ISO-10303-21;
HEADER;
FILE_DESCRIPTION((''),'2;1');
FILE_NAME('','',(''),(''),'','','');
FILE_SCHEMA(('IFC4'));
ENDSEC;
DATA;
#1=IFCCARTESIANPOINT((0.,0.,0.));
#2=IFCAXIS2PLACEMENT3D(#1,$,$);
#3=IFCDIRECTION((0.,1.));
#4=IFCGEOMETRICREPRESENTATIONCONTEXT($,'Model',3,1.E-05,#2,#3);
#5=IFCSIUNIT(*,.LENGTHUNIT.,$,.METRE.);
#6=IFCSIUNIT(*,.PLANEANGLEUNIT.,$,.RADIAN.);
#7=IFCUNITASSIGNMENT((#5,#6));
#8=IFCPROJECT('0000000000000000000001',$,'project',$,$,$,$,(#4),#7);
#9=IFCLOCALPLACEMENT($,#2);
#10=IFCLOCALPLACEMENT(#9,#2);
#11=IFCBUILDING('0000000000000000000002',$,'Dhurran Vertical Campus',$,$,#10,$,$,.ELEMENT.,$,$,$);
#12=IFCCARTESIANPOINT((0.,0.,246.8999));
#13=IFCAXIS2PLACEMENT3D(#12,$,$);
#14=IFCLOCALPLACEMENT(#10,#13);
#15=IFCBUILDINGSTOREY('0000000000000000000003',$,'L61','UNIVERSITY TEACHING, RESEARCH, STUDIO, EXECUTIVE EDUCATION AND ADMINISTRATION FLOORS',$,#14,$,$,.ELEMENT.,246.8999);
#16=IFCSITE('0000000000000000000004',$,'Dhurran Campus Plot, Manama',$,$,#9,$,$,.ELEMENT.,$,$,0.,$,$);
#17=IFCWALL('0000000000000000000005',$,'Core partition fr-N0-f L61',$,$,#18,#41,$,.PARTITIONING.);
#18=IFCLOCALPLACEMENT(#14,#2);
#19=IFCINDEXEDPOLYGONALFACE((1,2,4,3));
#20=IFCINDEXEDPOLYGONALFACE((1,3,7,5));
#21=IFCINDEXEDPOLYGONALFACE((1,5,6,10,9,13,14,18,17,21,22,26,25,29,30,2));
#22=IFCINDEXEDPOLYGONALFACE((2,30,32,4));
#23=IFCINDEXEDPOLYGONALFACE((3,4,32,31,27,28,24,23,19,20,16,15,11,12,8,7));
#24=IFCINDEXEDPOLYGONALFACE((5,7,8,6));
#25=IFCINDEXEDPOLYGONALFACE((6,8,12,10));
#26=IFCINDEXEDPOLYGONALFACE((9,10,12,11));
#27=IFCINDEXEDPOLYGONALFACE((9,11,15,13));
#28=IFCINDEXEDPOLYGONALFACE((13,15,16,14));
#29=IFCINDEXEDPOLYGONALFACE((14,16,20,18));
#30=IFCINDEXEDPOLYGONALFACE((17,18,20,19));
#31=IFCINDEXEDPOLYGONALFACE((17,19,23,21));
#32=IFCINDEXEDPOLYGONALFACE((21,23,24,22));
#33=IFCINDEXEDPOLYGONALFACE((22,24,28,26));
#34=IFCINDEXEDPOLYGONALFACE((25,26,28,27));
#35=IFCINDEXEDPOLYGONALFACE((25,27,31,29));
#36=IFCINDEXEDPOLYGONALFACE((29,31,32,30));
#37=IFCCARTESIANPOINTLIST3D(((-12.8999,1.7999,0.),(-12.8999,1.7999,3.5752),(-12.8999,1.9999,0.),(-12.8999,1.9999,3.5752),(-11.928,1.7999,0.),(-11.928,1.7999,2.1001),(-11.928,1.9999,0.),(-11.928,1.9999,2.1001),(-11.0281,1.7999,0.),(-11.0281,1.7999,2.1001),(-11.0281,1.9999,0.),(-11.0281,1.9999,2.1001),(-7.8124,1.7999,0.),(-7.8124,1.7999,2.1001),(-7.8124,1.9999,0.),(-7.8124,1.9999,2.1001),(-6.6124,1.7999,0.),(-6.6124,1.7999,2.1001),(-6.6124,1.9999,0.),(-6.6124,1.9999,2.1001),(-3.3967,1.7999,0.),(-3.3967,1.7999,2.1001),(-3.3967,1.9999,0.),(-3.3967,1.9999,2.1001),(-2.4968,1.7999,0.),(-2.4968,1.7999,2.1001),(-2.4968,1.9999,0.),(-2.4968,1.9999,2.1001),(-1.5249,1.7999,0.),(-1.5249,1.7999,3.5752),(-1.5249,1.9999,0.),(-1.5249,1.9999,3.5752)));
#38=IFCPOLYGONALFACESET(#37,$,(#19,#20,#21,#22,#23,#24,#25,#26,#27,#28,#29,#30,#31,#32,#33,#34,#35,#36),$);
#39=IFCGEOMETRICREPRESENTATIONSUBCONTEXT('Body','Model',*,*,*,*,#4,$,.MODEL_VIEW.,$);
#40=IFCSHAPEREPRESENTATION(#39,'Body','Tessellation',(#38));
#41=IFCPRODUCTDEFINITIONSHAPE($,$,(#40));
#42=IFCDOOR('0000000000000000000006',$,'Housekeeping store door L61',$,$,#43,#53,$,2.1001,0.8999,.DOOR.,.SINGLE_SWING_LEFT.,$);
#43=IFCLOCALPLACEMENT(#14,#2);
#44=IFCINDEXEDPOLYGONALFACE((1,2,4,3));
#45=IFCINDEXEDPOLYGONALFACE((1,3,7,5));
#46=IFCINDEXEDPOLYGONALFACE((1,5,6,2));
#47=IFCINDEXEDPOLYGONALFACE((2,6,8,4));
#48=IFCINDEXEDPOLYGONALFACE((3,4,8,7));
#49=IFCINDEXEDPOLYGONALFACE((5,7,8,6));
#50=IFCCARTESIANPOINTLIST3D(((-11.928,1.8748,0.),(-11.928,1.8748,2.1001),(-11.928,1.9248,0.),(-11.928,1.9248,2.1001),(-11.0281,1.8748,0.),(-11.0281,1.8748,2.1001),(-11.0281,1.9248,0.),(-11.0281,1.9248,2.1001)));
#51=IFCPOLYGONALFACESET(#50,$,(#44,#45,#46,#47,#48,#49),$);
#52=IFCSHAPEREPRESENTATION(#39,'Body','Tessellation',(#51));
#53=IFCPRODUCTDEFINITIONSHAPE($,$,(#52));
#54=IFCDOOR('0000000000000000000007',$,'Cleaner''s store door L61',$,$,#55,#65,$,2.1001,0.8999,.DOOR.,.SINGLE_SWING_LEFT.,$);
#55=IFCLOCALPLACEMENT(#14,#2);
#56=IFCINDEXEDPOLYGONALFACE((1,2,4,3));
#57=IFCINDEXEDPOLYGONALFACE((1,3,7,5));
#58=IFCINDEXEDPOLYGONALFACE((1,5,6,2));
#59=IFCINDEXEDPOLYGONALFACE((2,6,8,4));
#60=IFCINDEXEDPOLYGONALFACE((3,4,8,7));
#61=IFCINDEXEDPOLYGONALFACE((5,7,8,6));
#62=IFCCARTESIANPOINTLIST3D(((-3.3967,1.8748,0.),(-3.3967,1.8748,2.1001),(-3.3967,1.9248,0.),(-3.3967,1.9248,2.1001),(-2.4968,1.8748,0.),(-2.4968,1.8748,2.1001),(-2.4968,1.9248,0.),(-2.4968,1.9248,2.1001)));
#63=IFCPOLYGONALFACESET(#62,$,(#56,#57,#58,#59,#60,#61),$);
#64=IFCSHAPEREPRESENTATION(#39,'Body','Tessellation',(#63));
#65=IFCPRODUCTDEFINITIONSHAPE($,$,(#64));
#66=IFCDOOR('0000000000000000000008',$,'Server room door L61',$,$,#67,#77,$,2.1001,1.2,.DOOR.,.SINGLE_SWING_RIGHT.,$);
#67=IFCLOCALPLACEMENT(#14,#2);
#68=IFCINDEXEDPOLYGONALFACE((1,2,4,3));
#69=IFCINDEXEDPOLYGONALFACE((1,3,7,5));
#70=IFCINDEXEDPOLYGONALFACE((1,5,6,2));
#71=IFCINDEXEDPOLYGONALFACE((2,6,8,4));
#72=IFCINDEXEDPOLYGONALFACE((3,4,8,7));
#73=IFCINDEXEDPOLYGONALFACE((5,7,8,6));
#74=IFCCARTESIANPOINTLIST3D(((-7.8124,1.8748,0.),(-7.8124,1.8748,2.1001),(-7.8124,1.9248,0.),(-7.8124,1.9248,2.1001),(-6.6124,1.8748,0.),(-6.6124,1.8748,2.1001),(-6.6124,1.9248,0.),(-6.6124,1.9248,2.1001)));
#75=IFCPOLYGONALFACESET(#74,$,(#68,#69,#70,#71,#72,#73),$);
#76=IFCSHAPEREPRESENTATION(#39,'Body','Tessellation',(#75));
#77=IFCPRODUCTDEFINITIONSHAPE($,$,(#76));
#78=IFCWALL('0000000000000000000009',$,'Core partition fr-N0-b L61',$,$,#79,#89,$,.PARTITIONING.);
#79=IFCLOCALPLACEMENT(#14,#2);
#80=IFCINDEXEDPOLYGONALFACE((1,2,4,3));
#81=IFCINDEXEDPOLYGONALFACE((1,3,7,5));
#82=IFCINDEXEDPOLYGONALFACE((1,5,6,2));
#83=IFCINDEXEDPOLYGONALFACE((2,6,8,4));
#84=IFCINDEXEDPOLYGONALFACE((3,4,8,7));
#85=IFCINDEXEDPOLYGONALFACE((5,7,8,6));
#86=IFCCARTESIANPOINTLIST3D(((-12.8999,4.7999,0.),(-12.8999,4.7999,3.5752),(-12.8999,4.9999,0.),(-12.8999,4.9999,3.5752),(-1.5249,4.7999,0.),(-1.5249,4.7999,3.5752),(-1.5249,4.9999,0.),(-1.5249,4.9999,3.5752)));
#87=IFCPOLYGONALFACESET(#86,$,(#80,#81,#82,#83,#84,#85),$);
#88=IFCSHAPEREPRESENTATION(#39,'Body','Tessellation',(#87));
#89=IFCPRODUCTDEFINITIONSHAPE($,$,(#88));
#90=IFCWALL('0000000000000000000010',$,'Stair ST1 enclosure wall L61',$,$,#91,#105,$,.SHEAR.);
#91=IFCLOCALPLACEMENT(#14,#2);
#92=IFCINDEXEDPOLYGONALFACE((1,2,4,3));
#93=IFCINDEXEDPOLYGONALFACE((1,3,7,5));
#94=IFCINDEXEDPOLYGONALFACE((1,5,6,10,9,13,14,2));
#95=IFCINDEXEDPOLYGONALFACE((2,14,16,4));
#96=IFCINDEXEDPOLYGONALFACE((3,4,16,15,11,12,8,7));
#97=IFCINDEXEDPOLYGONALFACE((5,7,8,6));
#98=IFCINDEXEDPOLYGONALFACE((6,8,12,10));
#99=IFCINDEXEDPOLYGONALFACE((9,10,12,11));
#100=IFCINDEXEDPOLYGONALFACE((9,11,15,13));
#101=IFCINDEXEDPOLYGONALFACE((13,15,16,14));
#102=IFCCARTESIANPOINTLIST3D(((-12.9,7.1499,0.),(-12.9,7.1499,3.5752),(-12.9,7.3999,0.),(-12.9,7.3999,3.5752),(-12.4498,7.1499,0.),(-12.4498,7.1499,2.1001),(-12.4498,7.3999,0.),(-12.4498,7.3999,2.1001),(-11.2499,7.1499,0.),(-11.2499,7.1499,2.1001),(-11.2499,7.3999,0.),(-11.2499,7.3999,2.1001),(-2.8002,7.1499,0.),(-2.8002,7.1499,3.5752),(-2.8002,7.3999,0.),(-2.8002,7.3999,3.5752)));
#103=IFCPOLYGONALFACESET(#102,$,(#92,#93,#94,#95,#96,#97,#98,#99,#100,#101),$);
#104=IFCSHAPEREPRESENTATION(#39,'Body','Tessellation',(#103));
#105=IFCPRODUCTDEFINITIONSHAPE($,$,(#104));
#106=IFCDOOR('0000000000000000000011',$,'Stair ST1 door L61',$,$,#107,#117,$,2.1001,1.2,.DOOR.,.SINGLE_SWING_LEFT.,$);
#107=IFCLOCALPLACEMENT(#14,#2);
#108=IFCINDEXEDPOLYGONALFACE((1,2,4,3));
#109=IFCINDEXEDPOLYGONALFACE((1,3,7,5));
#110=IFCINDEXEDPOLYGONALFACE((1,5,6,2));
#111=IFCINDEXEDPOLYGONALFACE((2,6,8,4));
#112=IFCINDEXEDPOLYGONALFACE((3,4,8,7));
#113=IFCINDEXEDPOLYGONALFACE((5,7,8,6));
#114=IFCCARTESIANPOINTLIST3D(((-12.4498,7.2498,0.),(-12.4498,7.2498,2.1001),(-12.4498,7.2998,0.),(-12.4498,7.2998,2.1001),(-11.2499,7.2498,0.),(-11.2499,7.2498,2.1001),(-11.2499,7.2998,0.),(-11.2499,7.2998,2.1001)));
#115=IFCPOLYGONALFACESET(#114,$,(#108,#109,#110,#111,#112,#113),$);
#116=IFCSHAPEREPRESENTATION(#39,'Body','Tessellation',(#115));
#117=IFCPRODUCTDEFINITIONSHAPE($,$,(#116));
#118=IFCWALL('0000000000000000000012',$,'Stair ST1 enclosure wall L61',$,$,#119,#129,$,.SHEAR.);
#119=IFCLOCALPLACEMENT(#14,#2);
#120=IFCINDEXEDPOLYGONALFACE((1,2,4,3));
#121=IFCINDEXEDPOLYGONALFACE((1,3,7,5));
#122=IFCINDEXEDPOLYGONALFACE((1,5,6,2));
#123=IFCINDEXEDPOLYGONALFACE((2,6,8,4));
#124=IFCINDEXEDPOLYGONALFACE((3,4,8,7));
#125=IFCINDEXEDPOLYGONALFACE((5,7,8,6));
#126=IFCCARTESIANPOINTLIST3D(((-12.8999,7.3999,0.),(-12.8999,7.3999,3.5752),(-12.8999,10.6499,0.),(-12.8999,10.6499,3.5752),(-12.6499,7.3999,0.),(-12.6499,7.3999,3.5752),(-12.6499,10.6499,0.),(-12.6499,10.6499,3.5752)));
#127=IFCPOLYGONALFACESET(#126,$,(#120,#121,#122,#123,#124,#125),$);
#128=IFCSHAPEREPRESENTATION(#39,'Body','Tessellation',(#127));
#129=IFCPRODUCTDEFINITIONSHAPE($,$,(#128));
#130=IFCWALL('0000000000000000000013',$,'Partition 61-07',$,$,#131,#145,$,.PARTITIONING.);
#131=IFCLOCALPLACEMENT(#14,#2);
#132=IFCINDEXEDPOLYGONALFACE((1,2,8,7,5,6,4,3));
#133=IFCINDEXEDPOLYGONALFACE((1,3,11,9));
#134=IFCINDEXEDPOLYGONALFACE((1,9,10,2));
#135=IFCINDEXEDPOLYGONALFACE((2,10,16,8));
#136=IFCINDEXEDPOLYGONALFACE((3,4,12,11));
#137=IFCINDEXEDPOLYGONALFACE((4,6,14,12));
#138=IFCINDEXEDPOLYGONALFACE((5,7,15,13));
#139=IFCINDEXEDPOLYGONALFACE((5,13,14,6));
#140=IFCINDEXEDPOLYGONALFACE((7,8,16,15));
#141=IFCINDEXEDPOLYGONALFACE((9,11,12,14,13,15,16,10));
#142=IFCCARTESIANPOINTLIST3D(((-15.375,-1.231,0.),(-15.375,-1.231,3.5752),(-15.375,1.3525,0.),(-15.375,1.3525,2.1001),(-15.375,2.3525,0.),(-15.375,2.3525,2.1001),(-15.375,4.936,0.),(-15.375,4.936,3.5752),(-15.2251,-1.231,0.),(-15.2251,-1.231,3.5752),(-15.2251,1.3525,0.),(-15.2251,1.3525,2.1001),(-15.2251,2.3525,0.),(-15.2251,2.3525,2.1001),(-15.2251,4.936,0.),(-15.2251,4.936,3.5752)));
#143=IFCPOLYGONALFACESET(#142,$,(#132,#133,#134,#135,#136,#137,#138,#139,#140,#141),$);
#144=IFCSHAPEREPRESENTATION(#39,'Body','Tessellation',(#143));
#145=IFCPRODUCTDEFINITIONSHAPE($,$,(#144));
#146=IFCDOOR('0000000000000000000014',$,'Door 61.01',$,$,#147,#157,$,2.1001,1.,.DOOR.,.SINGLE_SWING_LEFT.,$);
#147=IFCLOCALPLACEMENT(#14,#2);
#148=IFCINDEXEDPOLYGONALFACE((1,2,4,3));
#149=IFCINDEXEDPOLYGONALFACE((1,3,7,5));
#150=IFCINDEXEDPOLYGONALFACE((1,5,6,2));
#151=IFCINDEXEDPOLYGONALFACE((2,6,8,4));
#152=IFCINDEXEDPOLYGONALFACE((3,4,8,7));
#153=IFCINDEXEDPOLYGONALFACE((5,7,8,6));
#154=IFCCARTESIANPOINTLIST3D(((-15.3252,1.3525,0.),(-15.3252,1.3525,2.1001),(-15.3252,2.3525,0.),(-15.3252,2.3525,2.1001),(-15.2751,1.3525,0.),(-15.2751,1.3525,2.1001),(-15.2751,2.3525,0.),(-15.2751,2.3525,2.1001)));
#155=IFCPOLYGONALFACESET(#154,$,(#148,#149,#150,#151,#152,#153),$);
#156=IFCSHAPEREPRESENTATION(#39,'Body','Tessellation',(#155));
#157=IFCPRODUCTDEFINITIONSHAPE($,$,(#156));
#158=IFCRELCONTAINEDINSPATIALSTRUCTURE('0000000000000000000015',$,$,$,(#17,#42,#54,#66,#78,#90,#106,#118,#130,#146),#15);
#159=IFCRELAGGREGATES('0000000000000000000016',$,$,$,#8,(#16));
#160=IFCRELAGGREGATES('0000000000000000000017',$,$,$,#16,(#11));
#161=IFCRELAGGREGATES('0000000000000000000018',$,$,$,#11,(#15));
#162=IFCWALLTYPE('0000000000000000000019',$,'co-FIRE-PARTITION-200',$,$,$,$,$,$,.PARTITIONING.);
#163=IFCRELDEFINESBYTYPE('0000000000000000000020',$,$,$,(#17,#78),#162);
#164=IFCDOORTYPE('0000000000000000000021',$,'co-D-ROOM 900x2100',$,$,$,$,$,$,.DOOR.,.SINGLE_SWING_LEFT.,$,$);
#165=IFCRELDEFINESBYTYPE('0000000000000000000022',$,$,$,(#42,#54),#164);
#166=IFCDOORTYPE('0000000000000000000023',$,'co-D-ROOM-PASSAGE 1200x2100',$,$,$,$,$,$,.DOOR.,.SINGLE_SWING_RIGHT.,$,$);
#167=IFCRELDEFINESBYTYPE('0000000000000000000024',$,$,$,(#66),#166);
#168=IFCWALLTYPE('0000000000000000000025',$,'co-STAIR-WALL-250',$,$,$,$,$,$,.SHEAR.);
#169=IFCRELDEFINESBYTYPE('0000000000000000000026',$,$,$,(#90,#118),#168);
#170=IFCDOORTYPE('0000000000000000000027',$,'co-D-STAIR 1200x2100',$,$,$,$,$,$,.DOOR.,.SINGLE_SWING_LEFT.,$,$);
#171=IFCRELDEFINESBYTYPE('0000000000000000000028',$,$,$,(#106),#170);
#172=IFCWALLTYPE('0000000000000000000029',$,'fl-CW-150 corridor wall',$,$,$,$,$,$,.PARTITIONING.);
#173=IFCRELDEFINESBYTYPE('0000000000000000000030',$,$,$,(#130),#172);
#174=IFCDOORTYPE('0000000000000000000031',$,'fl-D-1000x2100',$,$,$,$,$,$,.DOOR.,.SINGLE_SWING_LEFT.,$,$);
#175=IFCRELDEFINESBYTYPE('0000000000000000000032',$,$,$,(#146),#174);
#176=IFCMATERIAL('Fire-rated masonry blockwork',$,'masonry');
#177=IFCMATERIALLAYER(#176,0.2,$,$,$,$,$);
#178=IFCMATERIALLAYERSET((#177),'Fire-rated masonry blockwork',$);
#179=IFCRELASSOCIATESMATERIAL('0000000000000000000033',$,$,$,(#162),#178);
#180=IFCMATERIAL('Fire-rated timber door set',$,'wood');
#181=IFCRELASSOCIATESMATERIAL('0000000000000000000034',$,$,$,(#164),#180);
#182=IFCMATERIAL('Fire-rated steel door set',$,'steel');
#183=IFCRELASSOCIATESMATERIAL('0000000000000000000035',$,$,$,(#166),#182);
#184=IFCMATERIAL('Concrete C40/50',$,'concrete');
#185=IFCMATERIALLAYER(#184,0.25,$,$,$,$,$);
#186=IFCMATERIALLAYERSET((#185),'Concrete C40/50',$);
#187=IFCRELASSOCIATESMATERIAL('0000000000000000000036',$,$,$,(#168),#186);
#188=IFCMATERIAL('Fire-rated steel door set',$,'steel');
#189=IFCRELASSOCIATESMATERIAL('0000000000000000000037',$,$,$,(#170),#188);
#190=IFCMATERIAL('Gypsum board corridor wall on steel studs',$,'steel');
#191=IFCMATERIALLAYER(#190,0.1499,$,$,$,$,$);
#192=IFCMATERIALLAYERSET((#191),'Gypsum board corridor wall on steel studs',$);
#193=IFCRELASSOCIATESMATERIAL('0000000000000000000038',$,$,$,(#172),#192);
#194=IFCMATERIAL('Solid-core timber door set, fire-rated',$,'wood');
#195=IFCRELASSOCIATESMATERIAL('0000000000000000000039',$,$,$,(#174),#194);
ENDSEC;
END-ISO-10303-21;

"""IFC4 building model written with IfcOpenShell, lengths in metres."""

from ifc_helpers import new_model, si_unit, direction, frame, frame_2d, origin, place, context, subcontext, project, spatial, rectangle, extrude, material, layer, layer_set, type_object, element, fill, save


model = new_model("IFC4")

# Units and contexts
model_context = context("Model", 3, precision=1e-05, world=origin(), true_north=direction((0.0, 1.0)))
body_context = subcontext(model_context, "Body", "Model", "MODEL_VIEW")
ifc_project = project(units=[si_unit("LENGTHUNIT", "METRE"), si_unit("PLANEANGLEUNIT", "RADIAN")], contexts=[model_context])

# Site, building, storey
site_placement = place(None, origin())
site = spatial("IfcSite", under=ifc_project, at=site_placement, Name="Dhurran Campus Plot, Manama", CompositionType="ELEMENT", RefElevation=0.0)
building_placement = place(site_placement, origin())
building = spatial("IfcBuilding", under=site, at=building_placement, Name="Dhurran Vertical Campus", CompositionType="ELEMENT")
storey_placement = place(building_placement, frame((0.0, 0.0, 246.8999)))
storey = spatial("IfcBuildingStorey", under=building, at=storey_placement, Name="L61", Description="UNIVERSITY TEACHING, RESEARCH, STUDIO, EXECUTIVE EDUCATION AND ADMINISTRATION FLOORS", CompositionType="ELEMENT", Elevation=246.8999)

# Wall, openings, doors
ifc_material_1 = material(Name="Fire-rated masonry blockwork", Category="masonry")
ifc_layer_1 = layer(ifc_material_1, 0.2)
ifc_layer_set_1 = layer_set([ifc_layer_1], Name="Fire-rated masonry blockwork")
wall_type_1 = type_object("IfcWallType", Name="co-FIRE-PARTITION-200", PredefinedType="PARTITIONING", material=ifc_layer_set_1)
wall_1_placement = place(storey_placement, frame((-12.8999, 1.8999, 0.0), z_axis=(0.0, 0.0, 1.0), x_axis=(1.0, 0.0, 0.0)))
wall_1 = element("IfcWall", 1, at=wall_1_placement, inside=storey, type_object=wall_type_1, Name="Core partition fr-N0-f L61", PredefinedType="PARTITIONING", context=body_context, shape_type="SweptSolid", body=[
    extrude(rectangle(XDim=11.375, YDim=0.2, at=frame_2d((5.6875, 0.0))), origin(), (0.0, 0.0, 1.0), 3.5752),
])
opening_1_placement = place(wall_1_placement, frame((0.9719, 0.0, 0.0)))
opening_1 = element("IfcOpeningElement", 2, at=opening_1_placement, cuts=wall_1, PredefinedType="OPENING", context=body_context, shape_type="SweptSolid", body=[
    extrude(rectangle(XDim=0.8999, YDim=2.1001, at=frame_2d((0.45, 1.05))), frame((0.0, 0.1099, 0.0), z_axis=(0.0, -1.0, 0.0), x_axis=(1.0, 0.0, 0.0)), (0.0, 0.0, 1.0), 0.22),
])
opening_2_placement = place(wall_1_placement, frame((5.0874, 0.0, 0.0)))
opening_2 = element("IfcOpeningElement", 3, at=opening_2_placement, cuts=wall_1, PredefinedType="OPENING", context=body_context, shape_type="SweptSolid", body=[
    extrude(rectangle(XDim=1.2, YDim=2.1001, at=frame_2d((0.6001, 1.05))), frame((0.0, 0.1099, 0.0), z_axis=(0.0, -1.0, 0.0), x_axis=(1.0, 0.0, 0.0)), (0.0, 0.0, 1.0), 0.22),
])
opening_3_placement = place(wall_1_placement, frame((9.5032, 0.0, 0.0)))
opening_3 = element("IfcOpeningElement", 4, at=opening_3_placement, cuts=wall_1, PredefinedType="OPENING", context=body_context, shape_type="SweptSolid", body=[
    extrude(rectangle(XDim=0.8999, YDim=2.1001, at=frame_2d((0.45, 1.05))), frame((0.0, 0.1099, 0.0), z_axis=(0.0, -1.0, 0.0), x_axis=(1.0, 0.0, 0.0)), (0.0, 0.0, 1.0), 0.22),
])
ifc_material_2 = material(Name="Fire-rated timber door set", Category="wood")
door_type_1 = type_object("IfcDoorType", Name="co-D-ROOM 900x2100", OperationType="SINGLE_SWING_LEFT", PredefinedType="DOOR", material=ifc_material_2)
door_1_placement = place(opening_1_placement, origin())
door_1 = element("IfcDoor", 5, at=door_1_placement, inside=storey, type_object=door_type_1, Name="Housekeeping store door L61", OperationType="SINGLE_SWING_LEFT", OverallHeight=2.1001, OverallWidth=0.8999, PredefinedType="DOOR", context=body_context, shape_type="SweptSolid", body=[
    extrude(rectangle(XDim=0.8999, YDim=2.1001, at=frame_2d((0.45, 1.05))), frame((0.0, 0.0249, 0.0), z_axis=(0.0, -1.0, 0.0), x_axis=(1.0, 0.0, 0.0)), (0.0, 0.0, 1.0), 0.05),
])
fill(opening_1, door_1)
door_2_placement = place(opening_3_placement, origin())
door_2 = element("IfcDoor", 6, at=door_2_placement, inside=storey, type_object=door_type_1, Name="Cleaner's store door L61", OperationType="SINGLE_SWING_LEFT", OverallHeight=2.1001, OverallWidth=0.8999, PredefinedType="DOOR", context=body_context, shape_type="SweptSolid", body=[
    extrude(rectangle(XDim=0.8999, YDim=2.1001, at=frame_2d((0.45, 1.05))), frame((0.0, 0.0249, 0.0), z_axis=(0.0, -1.0, 0.0), x_axis=(1.0, 0.0, 0.0)), (0.0, 0.0, 1.0), 0.05),
])
fill(opening_3, door_2)
ifc_material_3 = material(Name="Fire-rated steel door set", Category="steel")
door_type_2 = type_object("IfcDoorType", Name="co-D-ROOM-PASSAGE 1200x2100", OperationType="SINGLE_SWING_RIGHT", PredefinedType="DOOR", material=ifc_material_3)
door_3_placement = place(opening_2_placement, origin())
door_3 = element("IfcDoor", 7, at=door_3_placement, inside=storey, type_object=door_type_2, Name="Server room door L61", OperationType="SINGLE_SWING_RIGHT", OverallHeight=2.1001, OverallWidth=1.2, PredefinedType="DOOR", context=body_context, shape_type="SweptSolid", body=[
    extrude(rectangle(XDim=1.2, YDim=2.1001, at=frame_2d((0.6001, 1.05))), frame((0.0, 0.0249, 0.0), z_axis=(0.0, -1.0, 0.0), x_axis=(1.0, 0.0, 0.0)), (0.0, 0.0, 1.0), 0.05),
])
fill(opening_2, door_3)

# Wall
wall_2_placement = place(storey_placement, frame((-12.8999, 4.8999, 0.0), z_axis=(0.0, 0.0, 1.0), x_axis=(1.0, 0.0, 0.0)))
element("IfcWall", 8, at=wall_2_placement, inside=storey, type_object=wall_type_1, Name="Core partition fr-N0-b L61", PredefinedType="PARTITIONING", context=body_context, shape_type="SweptSolid", body=[
    extrude(rectangle(XDim=11.375, YDim=0.2, at=frame_2d((5.6875, 0.0))), origin(), (0.0, 0.0, 1.0), 3.5752),
])

# Wall, opening, door
ifc_material_4 = material(Name="Concrete C40/50", Category="concrete")
ifc_layer_2 = layer(ifc_material_4, 0.25)
ifc_layer_set_2 = layer_set([ifc_layer_2], Name="Concrete C40/50")
wall_type_2 = type_object("IfcWallType", Name="co-STAIR-WALL-250", PredefinedType="SHEAR", material=ifc_layer_set_2)
wall_3_placement = place(storey_placement, frame((-12.8999, 7.2749, 0.0), z_axis=(0.0, 0.0, 1.0), x_axis=(1.0, 0.0, 0.0)))
wall_3 = element("IfcWall", 9, at=wall_3_placement, inside=storey, type_object=wall_type_2, Name="Stair ST1 enclosure wall L61", PredefinedType="SHEAR", context=body_context, shape_type="SweptSolid", body=[
    extrude(rectangle(XDim=10.0999, YDim=0.25, at=frame_2d((5.0498, 0.0))), origin(), (0.0, 0.0, 1.0), 3.5752),
])
opening_4_placement = place(wall_3_placement, frame((0.45, 0.0, 0.0)))
opening_4 = element("IfcOpeningElement", 10, at=opening_4_placement, cuts=wall_3, PredefinedType="OPENING", context=body_context, shape_type="SweptSolid", body=[
    extrude(rectangle(XDim=1.2, YDim=2.1001, at=frame_2d((0.6001, 1.05))), frame((0.0, 0.135, 0.0), z_axis=(0.0, -1.0, 0.0), x_axis=(1.0, 0.0, 0.0)), (0.0, 0.0, 1.0), 0.27),
])
ifc_material_5 = material(Name="Fire-rated steel door set", Category="steel")
door_type_3 = type_object("IfcDoorType", Name="co-D-STAIR 1200x2100", OperationType="SINGLE_SWING_LEFT", PredefinedType="DOOR", material=ifc_material_5)
door_4_placement = place(opening_4_placement, origin())
door_4 = element("IfcDoor", 11, at=door_4_placement, inside=storey, type_object=door_type_3, Name="Stair ST1 door L61", OperationType="SINGLE_SWING_LEFT", OverallHeight=2.1001, OverallWidth=1.2, PredefinedType="DOOR", context=body_context, shape_type="SweptSolid", body=[
    extrude(rectangle(XDim=1.2, YDim=2.1001, at=frame_2d((0.6001, 1.05))), frame((0.0, 0.0249, 0.0), z_axis=(0.0, -1.0, 0.0), x_axis=(1.0, 0.0, 0.0)), (0.0, 0.0, 1.0), 0.05),
])
fill(opening_4, door_4)

# Wall
wall_4_placement = place(storey_placement, frame((-12.7749, 7.3999, 0.0), z_axis=(0.0, 0.0, 1.0), x_axis=(0.0, 1.0, 0.0)))
element("IfcWall", 12, at=wall_4_placement, inside=storey, type_object=wall_type_2, Name="Stair ST1 enclosure wall L61", PredefinedType="SHEAR", context=body_context, shape_type="SweptSolid", body=[
    extrude(rectangle(XDim=3.25, YDim=0.25, at=frame_2d((1.625, 0.0))), origin(), (0.0, 0.0, 1.0), 3.5752),
])

# Wall, opening, door
ifc_material_6 = material(Name="Gypsum board corridor wall on steel studs", Category="steel")
ifc_layer_3 = layer(ifc_material_6, 0.1499)
ifc_layer_set_3 = layer_set([ifc_layer_3], Name="Gypsum board corridor wall on steel studs")
wall_type_3 = type_object("IfcWallType", Name="fl-CW-150 corridor wall", PredefinedType="PARTITIONING", material=ifc_layer_set_3)
wall_5_placement = place(storey_placement, frame((-15.3, 4.936, 0.0), z_axis=(0.0, 0.0, 1.0), x_axis=(0.0, -1.0, 0.0)))
wall_5 = element("IfcWall", 13, at=wall_5_placement, inside=storey, type_object=wall_type_3, Name="Partition 61-07", PredefinedType="PARTITIONING", context=body_context, shape_type="SweptSolid", body=[
    extrude(rectangle(XDim=6.167, YDim=0.1499, at=frame_2d((3.0835, 0.0))), origin(), (0.0, 0.0, 1.0), 3.5752),
])
opening_5_placement = place(wall_5_placement, frame((2.5835, 0.0, 0.0)))
opening_5 = element("IfcOpeningElement", 14, at=opening_5_placement, cuts=wall_5, PredefinedType="OPENING", context=body_context, shape_type="SweptSolid", body=[
    extrude(rectangle(XDim=1.0, YDim=2.1001, at=frame_2d((0.5, 1.05))), frame((0.0, 0.085, 0.0), z_axis=(0.0, -1.0, 0.0), x_axis=(1.0, 0.0, 0.0)), (0.0, 0.0, 1.0), 0.1699),
])
ifc_material_7 = material(Name="Solid-core timber door set, fire-rated", Category="wood")
door_type_4 = type_object("IfcDoorType", Name="fl-D-1000x2100", OperationType="SINGLE_SWING_LEFT", PredefinedType="DOOR", material=ifc_material_7)
door_5_placement = place(opening_5_placement, origin())
door_5 = element("IfcDoor", 15, at=door_5_placement, inside=storey, type_object=door_type_4, Name="Door 61.01", OperationType="SINGLE_SWING_LEFT", OverallHeight=2.1001, OverallWidth=1.0, PredefinedType="DOOR", context=body_context, shape_type="SweptSolid", body=[
    extrude(rectangle(XDim=1.0, YDim=2.1001, at=frame_2d((0.5, 1.05))), frame((0.0, 0.0249, 0.0), z_axis=(0.0, -1.0, 0.0), x_axis=(1.0, 0.0, 0.0)), (0.0, 0.0, 1.0), 0.05),
])
fill(opening_5, door_5)

save(model, "model.ifc")
